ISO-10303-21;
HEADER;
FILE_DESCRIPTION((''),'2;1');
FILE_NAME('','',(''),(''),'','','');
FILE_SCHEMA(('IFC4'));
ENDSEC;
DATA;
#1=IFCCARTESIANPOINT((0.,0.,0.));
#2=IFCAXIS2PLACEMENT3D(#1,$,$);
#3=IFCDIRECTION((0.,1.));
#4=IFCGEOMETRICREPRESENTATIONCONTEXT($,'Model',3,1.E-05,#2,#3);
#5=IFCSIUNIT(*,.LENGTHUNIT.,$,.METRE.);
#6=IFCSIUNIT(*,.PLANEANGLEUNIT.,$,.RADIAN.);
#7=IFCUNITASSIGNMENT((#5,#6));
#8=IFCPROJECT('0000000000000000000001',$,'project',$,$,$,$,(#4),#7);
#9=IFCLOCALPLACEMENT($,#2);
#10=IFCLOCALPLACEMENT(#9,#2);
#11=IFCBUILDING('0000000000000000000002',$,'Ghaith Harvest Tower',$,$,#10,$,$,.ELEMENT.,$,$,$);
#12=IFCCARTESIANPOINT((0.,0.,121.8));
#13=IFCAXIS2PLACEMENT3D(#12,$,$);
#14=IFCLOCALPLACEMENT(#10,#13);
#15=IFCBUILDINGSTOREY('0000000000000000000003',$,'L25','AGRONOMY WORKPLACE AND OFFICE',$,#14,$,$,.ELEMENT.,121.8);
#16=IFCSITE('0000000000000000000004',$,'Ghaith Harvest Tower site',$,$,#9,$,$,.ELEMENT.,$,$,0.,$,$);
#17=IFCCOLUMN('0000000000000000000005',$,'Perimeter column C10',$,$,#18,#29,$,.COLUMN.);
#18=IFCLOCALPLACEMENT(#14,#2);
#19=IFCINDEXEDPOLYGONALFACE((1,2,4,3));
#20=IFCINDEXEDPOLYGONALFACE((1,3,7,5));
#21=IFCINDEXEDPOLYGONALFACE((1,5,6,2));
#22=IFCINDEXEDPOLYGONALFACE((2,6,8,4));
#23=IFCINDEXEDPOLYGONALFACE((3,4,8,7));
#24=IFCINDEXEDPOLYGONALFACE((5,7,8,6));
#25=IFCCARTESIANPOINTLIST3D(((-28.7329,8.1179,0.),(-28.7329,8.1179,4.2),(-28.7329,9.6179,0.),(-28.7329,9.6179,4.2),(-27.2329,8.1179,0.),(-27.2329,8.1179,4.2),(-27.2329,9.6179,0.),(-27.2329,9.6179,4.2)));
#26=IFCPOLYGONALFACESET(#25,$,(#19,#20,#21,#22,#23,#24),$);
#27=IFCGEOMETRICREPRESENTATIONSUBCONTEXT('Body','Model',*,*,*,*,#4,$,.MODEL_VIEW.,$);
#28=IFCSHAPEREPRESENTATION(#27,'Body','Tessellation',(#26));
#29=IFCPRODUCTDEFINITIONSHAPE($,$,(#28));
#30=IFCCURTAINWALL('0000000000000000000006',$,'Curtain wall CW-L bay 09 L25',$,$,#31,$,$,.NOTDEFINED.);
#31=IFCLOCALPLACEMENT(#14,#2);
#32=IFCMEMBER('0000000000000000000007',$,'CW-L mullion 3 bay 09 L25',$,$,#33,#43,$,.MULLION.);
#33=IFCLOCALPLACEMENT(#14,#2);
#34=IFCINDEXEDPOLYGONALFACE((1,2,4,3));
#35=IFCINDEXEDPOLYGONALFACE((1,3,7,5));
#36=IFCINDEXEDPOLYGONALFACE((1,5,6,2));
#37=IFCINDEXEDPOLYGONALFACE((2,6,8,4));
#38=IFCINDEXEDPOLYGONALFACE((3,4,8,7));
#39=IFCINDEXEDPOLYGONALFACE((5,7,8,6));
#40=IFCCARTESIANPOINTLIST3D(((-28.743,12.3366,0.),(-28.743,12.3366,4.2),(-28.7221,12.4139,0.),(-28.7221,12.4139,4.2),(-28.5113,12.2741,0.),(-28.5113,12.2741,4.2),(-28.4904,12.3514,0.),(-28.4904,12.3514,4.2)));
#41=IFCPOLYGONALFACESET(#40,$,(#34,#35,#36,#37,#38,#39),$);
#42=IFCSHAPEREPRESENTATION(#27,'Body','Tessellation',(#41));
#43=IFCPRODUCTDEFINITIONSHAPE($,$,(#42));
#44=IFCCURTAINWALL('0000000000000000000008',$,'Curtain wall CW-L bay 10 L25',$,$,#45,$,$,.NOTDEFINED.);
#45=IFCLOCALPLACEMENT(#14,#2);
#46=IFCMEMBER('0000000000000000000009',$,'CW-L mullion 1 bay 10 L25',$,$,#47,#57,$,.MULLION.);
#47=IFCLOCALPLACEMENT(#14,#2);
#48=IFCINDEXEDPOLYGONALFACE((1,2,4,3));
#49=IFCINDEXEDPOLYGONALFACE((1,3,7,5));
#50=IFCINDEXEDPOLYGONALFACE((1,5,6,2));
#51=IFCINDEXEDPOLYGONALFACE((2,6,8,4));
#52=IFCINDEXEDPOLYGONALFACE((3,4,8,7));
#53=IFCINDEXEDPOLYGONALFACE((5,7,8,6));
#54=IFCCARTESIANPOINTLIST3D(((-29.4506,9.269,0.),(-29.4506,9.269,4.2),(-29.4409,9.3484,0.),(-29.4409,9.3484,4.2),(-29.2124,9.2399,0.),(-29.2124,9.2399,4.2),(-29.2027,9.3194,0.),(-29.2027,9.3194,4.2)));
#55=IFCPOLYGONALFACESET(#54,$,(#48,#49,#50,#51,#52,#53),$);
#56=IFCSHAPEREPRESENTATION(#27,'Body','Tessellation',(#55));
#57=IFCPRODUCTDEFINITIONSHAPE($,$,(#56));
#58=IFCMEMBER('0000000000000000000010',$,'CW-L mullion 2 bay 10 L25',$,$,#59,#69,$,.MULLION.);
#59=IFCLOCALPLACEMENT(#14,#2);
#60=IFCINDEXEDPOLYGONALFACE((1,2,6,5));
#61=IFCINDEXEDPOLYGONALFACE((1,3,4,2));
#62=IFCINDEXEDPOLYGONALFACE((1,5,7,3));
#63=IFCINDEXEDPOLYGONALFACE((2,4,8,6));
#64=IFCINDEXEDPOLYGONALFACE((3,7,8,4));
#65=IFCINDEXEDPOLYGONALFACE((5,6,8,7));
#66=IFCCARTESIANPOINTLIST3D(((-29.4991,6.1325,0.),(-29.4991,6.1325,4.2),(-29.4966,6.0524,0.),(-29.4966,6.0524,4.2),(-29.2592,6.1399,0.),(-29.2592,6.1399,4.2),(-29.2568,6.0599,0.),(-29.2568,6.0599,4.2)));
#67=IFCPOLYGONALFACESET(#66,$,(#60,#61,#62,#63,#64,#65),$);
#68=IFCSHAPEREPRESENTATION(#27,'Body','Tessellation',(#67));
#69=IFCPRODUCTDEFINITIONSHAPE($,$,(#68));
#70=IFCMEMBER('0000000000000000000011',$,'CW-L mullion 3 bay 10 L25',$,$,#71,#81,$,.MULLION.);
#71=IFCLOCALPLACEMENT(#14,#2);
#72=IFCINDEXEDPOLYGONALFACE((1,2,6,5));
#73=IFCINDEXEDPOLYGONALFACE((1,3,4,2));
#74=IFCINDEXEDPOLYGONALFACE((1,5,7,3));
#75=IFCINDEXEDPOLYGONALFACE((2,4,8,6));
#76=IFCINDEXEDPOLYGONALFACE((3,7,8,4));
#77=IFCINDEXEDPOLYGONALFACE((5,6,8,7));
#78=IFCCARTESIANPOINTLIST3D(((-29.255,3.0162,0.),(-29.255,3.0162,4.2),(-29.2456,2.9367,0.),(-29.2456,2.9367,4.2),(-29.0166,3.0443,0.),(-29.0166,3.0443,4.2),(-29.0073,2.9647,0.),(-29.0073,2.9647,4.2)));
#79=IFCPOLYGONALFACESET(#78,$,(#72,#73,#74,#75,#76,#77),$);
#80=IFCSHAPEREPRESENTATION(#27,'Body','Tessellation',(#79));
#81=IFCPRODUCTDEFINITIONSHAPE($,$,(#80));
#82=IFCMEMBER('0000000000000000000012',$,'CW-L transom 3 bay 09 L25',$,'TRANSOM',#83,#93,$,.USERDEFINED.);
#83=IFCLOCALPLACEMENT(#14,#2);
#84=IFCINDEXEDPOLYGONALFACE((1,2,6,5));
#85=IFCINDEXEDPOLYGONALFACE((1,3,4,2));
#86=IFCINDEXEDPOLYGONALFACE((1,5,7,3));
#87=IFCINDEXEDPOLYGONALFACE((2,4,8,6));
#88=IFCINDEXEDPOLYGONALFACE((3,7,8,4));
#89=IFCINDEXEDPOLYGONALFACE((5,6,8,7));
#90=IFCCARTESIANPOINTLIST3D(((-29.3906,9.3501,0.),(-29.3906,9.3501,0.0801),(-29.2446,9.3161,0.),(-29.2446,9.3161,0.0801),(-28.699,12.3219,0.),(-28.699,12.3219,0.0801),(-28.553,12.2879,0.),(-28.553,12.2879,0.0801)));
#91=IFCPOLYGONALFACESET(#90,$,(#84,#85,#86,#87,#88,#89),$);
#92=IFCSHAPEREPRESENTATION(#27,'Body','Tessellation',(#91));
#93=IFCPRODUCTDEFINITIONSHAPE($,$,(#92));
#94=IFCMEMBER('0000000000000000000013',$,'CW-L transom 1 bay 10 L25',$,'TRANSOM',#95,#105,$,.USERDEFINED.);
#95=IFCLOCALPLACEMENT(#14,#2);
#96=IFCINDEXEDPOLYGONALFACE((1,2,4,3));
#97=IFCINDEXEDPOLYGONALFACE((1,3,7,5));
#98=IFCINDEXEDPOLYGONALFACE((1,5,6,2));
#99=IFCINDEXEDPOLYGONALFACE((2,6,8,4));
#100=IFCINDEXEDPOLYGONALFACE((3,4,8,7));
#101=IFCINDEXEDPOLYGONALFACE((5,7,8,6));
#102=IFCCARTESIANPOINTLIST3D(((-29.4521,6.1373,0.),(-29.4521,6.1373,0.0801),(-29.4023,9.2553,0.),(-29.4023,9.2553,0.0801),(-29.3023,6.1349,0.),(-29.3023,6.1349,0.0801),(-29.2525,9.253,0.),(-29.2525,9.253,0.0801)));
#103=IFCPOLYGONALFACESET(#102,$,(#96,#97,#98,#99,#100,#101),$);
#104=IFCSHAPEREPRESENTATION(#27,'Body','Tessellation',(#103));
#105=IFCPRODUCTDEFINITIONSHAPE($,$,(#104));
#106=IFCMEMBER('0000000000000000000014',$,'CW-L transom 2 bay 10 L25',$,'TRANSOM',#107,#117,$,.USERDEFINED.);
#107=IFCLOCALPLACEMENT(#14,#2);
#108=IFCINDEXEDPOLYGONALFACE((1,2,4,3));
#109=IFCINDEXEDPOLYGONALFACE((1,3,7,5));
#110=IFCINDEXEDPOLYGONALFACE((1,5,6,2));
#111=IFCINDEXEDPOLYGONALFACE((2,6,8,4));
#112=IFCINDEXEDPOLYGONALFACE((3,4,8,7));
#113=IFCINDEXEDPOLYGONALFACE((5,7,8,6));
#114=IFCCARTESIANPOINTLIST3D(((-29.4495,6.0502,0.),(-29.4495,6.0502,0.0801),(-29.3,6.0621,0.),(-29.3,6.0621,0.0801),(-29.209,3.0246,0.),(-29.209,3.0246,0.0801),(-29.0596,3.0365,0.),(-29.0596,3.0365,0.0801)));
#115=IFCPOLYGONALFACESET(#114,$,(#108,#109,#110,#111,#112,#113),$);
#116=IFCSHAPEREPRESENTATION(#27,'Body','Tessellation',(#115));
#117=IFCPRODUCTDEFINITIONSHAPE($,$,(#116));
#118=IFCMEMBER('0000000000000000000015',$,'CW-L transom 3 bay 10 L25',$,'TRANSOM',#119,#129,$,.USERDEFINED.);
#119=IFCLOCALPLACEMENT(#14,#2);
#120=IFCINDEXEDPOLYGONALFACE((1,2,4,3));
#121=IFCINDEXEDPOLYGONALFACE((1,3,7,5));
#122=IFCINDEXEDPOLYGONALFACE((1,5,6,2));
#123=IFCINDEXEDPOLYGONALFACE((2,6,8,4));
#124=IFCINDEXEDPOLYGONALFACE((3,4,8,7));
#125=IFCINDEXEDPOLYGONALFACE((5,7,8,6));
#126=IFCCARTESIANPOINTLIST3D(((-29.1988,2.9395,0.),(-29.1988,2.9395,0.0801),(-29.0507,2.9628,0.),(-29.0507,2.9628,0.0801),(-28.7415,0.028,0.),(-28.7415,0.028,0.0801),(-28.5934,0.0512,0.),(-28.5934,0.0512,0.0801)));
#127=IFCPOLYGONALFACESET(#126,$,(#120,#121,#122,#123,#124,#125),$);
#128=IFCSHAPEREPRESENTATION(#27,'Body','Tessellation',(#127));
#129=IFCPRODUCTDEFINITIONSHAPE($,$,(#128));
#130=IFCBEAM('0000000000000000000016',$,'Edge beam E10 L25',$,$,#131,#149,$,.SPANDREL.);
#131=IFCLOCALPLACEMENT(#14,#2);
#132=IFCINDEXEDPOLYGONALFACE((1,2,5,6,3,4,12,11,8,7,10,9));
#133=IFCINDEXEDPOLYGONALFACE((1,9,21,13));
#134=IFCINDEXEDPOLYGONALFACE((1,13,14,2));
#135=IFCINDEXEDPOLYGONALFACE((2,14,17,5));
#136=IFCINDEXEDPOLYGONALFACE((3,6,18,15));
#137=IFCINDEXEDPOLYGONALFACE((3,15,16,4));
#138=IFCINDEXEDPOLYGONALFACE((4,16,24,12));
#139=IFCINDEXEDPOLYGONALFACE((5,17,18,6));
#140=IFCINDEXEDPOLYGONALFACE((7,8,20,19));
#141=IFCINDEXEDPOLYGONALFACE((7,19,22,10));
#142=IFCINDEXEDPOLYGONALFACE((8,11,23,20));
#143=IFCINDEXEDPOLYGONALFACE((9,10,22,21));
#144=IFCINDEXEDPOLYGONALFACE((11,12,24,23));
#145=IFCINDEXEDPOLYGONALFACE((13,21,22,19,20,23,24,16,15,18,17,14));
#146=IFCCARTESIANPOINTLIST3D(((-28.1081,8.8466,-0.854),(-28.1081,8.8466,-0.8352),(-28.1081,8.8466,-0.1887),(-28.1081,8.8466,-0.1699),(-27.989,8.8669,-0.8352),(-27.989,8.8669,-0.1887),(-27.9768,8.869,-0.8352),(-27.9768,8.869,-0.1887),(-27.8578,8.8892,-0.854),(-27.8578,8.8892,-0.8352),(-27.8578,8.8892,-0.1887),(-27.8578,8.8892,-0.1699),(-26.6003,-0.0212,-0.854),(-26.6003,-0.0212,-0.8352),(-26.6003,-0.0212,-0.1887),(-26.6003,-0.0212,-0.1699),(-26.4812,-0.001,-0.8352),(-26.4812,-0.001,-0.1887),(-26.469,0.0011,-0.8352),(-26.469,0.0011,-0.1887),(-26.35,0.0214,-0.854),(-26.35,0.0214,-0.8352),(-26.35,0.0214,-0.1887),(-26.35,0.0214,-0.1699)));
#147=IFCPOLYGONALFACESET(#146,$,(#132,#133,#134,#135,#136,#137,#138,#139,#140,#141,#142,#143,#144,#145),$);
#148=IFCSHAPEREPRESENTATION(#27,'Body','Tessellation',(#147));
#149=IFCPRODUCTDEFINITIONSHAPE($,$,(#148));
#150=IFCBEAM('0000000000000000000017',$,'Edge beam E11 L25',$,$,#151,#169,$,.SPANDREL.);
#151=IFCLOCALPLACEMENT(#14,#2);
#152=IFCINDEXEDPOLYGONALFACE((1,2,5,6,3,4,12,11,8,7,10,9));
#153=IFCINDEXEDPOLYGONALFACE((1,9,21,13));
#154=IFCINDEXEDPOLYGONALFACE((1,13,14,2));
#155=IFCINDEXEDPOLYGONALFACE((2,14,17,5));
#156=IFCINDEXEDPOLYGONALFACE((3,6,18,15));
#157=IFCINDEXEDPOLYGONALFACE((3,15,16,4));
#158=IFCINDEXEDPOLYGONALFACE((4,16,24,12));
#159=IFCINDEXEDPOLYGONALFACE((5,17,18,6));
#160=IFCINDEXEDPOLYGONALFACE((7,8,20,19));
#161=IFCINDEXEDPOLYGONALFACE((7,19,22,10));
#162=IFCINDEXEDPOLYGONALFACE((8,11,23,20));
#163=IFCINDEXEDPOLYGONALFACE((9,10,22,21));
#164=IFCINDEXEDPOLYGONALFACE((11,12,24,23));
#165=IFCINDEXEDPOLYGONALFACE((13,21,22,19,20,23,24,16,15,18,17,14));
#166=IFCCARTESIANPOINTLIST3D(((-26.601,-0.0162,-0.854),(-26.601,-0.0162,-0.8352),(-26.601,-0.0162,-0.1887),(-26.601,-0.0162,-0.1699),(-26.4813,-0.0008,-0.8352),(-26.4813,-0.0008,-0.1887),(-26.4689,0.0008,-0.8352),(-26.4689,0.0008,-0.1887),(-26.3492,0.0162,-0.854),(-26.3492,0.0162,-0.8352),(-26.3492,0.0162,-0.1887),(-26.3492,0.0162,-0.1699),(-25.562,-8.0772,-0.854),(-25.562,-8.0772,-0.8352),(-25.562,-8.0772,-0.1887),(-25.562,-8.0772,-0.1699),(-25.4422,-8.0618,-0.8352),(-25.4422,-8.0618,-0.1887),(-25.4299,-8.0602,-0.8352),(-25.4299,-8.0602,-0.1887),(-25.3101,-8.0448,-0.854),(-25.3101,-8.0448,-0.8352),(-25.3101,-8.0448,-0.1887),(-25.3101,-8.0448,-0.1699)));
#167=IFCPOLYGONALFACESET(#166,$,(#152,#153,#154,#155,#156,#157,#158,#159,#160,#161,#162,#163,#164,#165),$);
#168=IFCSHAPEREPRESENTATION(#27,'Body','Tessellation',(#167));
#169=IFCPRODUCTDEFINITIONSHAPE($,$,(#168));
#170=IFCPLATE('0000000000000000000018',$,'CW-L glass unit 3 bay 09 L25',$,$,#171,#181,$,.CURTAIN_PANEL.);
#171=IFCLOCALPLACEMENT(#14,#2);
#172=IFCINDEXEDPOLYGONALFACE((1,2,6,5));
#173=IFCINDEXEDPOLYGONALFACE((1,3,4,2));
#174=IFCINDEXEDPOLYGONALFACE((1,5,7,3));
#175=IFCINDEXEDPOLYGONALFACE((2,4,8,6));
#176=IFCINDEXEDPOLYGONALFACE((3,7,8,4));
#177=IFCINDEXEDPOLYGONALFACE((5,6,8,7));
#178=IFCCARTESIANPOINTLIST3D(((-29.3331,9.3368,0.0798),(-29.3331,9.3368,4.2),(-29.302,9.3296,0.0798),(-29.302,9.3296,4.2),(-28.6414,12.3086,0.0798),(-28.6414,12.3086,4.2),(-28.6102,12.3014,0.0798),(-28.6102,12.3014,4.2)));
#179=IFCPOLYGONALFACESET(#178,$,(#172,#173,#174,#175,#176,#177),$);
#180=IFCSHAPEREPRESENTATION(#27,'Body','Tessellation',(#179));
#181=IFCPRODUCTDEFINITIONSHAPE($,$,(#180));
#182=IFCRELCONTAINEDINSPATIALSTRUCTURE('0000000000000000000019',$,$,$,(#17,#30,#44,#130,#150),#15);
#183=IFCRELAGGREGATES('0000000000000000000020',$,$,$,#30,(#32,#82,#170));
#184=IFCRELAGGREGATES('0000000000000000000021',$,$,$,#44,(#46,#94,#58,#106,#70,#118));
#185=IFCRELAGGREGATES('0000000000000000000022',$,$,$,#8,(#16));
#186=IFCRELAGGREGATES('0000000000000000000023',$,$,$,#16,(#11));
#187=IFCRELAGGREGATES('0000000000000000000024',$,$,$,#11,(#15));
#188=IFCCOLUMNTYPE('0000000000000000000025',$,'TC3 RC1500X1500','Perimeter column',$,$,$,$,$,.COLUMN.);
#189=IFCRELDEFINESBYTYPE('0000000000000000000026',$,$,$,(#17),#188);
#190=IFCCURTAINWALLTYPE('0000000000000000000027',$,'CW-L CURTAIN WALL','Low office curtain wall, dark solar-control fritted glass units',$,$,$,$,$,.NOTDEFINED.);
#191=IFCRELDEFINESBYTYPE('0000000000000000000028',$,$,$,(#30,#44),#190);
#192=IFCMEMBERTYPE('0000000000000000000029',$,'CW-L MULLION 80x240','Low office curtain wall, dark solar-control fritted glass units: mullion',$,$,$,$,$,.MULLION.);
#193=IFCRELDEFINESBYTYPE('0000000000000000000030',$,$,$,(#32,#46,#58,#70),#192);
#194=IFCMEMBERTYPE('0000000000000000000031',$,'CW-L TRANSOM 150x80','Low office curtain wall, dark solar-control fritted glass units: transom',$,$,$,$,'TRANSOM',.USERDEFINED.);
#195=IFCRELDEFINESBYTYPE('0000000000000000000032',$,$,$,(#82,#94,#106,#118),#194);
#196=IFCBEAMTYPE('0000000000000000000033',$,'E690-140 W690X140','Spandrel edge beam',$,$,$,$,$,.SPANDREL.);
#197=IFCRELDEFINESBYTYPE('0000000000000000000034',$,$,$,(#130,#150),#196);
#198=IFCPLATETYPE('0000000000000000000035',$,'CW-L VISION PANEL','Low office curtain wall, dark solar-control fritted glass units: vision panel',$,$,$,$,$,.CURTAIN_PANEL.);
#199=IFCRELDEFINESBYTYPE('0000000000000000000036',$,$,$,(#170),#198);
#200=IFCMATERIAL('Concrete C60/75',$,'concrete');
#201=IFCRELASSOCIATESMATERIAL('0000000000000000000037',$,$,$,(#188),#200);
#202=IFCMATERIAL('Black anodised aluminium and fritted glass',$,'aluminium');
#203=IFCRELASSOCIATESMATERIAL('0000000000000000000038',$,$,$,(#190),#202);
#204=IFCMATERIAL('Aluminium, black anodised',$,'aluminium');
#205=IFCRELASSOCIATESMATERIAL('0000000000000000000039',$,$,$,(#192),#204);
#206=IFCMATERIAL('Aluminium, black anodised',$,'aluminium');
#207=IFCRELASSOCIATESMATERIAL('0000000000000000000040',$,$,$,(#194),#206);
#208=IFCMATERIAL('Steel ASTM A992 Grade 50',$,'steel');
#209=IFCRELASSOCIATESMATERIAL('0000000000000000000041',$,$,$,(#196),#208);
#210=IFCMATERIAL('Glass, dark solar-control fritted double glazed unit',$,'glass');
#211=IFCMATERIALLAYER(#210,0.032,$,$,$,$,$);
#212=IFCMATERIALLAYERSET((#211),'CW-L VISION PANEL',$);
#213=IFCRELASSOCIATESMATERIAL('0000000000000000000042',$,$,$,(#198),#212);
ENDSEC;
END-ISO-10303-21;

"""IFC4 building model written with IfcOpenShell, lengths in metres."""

from ifc_helpers import new_model, si_unit, direction, frame, origin, origin_2d, place, context, subcontext, project, spatial, rectangle, i_section, extrude, material, layer, layer_set, material_profile, profile_set, type_object, element, aggregate, save


model = new_model("IFC4")

# Units and contexts
model_context = context("Model", 3, precision=1e-05, world=origin(), true_north=direction((0.0, 1.0)))
body_context = subcontext(model_context, "Body", "Model", "MODEL_VIEW")
ifc_project = project(units=[si_unit("LENGTHUNIT", "METRE"), si_unit("PLANEANGLEUNIT", "RADIAN")], contexts=[model_context])

# Site, building, storey
site_placement = place(None, origin())
site = spatial("IfcSite", under=ifc_project, at=site_placement, Name="Ghaith Harvest Tower site", CompositionType="ELEMENT", RefElevation=0.0)
building_placement = place(site_placement, origin())
building = spatial("IfcBuilding", under=site, at=building_placement, Name="Ghaith Harvest Tower", CompositionType="ELEMENT")
storey_placement = place(building_placement, frame((0.0, 0.0, 121.8)))
storey = spatial("IfcBuildingStorey", under=building, at=storey_placement, Name="L25", Description="AGRONOMY WORKPLACE AND OFFICE", CompositionType="ELEMENT", Elevation=121.8)

# Column
ifc_material_1 = material(Name="Concrete C60/75", Category="concrete")
ifc_material_profile_1 = material_profile(ifc_material_1, rectangle(XDim=1.5, YDim=1.5, at=origin_2d()), Name="RC1500X1500")
ifc_profile_set_1 = profile_set([ifc_material_profile_1], Name="Concrete C60/75")
column_type = type_object("IfcColumnType", Name="TC3 RC1500X1500", Description="Perimeter column", PredefinedType="COLUMN", material=ifc_profile_set_1)
column_placement = place(storey_placement, frame((-27.9829, 8.8679, 0.0), z_axis=(0.0, 0.0, 1.0), x_axis=(1.0, 0.0, 0.0)))
element("IfcColumn", 1, at=column_placement, inside=storey, type_object=column_type, Name="Perimeter column C10", PredefinedType="COLUMN", context=body_context, shape_type="SweptSolid", body=[
    extrude(rectangle(XDim=1.5, YDim=1.5, at=origin_2d()), origin(), (0.0, 0.0, 1.0), 4.2),
])

# Curtain wall, member
ifc_material_2 = material(Name="Black anodised aluminium and fritted glass", Category="aluminium")
curtain_wall_type = type_object("IfcCurtainWallType", Name="CW-L CURTAIN WALL", Description="Low office curtain wall, dark solar-control fritted glass units", PredefinedType="NOTDEFINED", material=ifc_material_2)
curtain_wall_1_placement = place(storey_placement, origin())
curtain_wall_1 = element("IfcCurtainWall", 2, at=curtain_wall_1_placement, inside=storey, type_object=curtain_wall_type, Name="Curtain wall CW-L bay 09 L25", PredefinedType="NOTDEFINED")
ifc_material_3 = material(Name="Aluminium, black anodised", Category="aluminium")
ifc_material_profile_2 = material_profile(ifc_material_3, rectangle(XDim=0.0801, YDim=0.24, at=origin_2d()), Name="CW-L MULLION 80x240")
ifc_profile_set_2 = profile_set([ifc_material_profile_2], Name="Aluminium, black anodised")
member_type_1 = type_object("IfcMemberType", Name="CW-L MULLION 80x240", Description="Low office curtain wall, dark solar-control fritted glass units: mullion", PredefinedType="MULLION", material=ifc_profile_set_2)
member_1_placement = place(storey_placement, frame((-28.6167, 12.344, 0.0), z_axis=(0.0, 0.0, 1.0), x_axis=(-0.260727, -0.965412, 0.0)))
member_1 = element("IfcMember", 3, at=member_1_placement, type_object=member_type_1, Name="CW-L mullion 3 bay 09 L25", PredefinedType="MULLION", context=body_context, shape_type="SweptSolid", body=[
    extrude(rectangle(XDim=0.0801, YDim=0.24, at=origin_2d()), origin(), (0.0, 0.0, 1.0), 4.2),
])

# Curtain wall, members
curtain_wall_2_placement = place(storey_placement, origin())
curtain_wall_2 = element("IfcCurtainWall", 4, at=curtain_wall_2_placement, inside=storey, type_object=curtain_wall_type, Name="Curtain wall CW-L bay 10 L25", PredefinedType="NOTDEFINED")
member_2_placement = place(storey_placement, frame((-29.3267, 9.2942, 0.0), z_axis=(0.0, 0.0, 1.0), x_axis=(-0.120932, -0.992661, 0.0)))
member_2 = element("IfcMember", 5, at=member_2_placement, type_object=member_type_1, Name="CW-L mullion 1 bay 10 L25", PredefinedType="MULLION", context=body_context, shape_type="SweptSolid", body=[
    extrude(rectangle(XDim=0.0801, YDim=0.24, at=origin_2d()), origin(), (0.0, 0.0, 1.0), 4.2),
])
member_3_placement = place(storey_placement, frame((-29.3779, 6.0962, 0.0), z_axis=(0.0, 0.0, 1.0), x_axis=(0.031028, -0.999519, 0.0)))
member_3 = element("IfcMember", 6, at=member_3_placement, type_object=member_type_1, Name="CW-L mullion 2 bay 10 L25", PredefinedType="MULLION", context=body_context, shape_type="SweptSolid", body=[
    extrude(rectangle(XDim=0.0801, YDim=0.24, at=origin_2d()), origin(), (0.0, 0.0, 1.0), 4.2),
])
member_4_placement = place(storey_placement, frame((-29.1311, 2.9905, 0.0), z_axis=(0.0, 0.0, 1.0), x_axis=(0.116764, -0.99316, 0.0)))
member_4 = element("IfcMember", 7, at=member_4_placement, type_object=member_type_1, Name="CW-L mullion 3 bay 10 L25", PredefinedType="MULLION", context=body_context, shape_type="SweptSolid", body=[
    extrude(rectangle(XDim=0.0801, YDim=0.24, at=origin_2d()), origin(), (0.0, 0.0, 1.0), 4.2),
])

# Members
ifc_material_4 = material(Name="Aluminium, black anodised", Category="aluminium")
ifc_material_profile_3 = material_profile(ifc_material_4, rectangle(XDim=0.1499, YDim=0.0801, at=origin_2d()), Name="CW-L TRANSOM 150x80")
ifc_profile_set_3 = profile_set([ifc_material_profile_3], Name="Aluminium, black anodised")
member_type_2 = type_object("IfcMemberType", Name="CW-L TRANSOM 150x80", Description="Low office curtain wall, dark solar-control fritted glass units: transom", ElementType="TRANSOM", PredefinedType="USERDEFINED", material=ifc_profile_set_3)
member_5_placement = place(storey_placement, frame((-28.626, 12.3049, 0.04), z_axis=(-0.226671, -0.973971, 0.0), x_axis=(0.973971, -0.226671, 0.0)))
member_5 = element("IfcMember", 8, at=member_5_placement, type_object=member_type_2, Name="CW-L transom 3 bay 09 L25", ObjectType="TRANSOM", PredefinedType="USERDEFINED", context=body_context, shape_type="SweptSolid", body=[
    extrude(rectangle(XDim=0.1499, YDim=0.0801, at=origin_2d()), origin(), (0.0, 0.0, 1.0), 3.0513),
])
member_6_placement = place(storey_placement, frame((-29.3274, 9.2542, 0.04), z_axis=(-0.015972, -0.999872, 0.0), x_axis=(0.999872, -0.015972, 0.0)))
member_6 = element("IfcMember", 9, at=member_6_placement, type_object=member_type_2, Name="CW-L transom 1 bay 10 L25", ObjectType="TRANSOM", PredefinedType="USERDEFINED", context=body_context, shape_type="SweptSolid", body=[
    extrude(rectangle(XDim=0.1499, YDim=0.0801, at=origin_2d()), origin(), (0.0, 0.0, 1.0), 3.1184),
])
member_7_placement = place(storey_placement, frame((-29.3748, 6.0562, 0.04), z_axis=(0.07923, -0.996856, 0.0), x_axis=(0.996856, 0.07923, 0.0)))
member_7 = element("IfcMember", 10, at=member_7_placement, type_object=member_type_2, Name="CW-L transom 2 bay 10 L25", ObjectType="TRANSOM", PredefinedType="USERDEFINED", context=body_context, shape_type="SweptSolid", body=[
    extrude(rectangle(XDim=0.1499, YDim=0.0801, at=origin_2d()), origin(), (0.0, 0.0, 1.0), 3.0352),
])
member_8_placement = place(storey_placement, frame((-29.1248, 2.9512, 0.04), z_axis=(0.15515, -0.987891, 0.0), x_axis=(0.987891, 0.15515, 0.0)))
member_8 = element("IfcMember", 11, at=member_8_placement, type_object=member_type_2, Name="CW-L transom 3 bay 10 L25", ObjectType="TRANSOM", PredefinedType="USERDEFINED", context=body_context, shape_type="SweptSolid", body=[
    extrude(rectangle(XDim=0.1499, YDim=0.0801, at=origin_2d()), origin(), (0.0, 0.0, 1.0), 2.9473),
])

# Beams
ifc_material_5 = material(Name="Steel ASTM A992 Grade 50", Category="steel")
ifc_material_profile_4 = material_profile(ifc_material_5, i_section(OverallWidth=0.2539, OverallDepth=0.6841, WebThickness=0.0125, FlangeThickness=0.0188, at=origin_2d()), Name="W690X140")
ifc_profile_set_4 = profile_set([ifc_material_profile_4], Name="Steel ASTM A992 Grade 50")
beam_type = type_object("IfcBeamType", Name="E690-140 W690X140", Description="Spandrel edge beam", PredefinedType="SPANDREL", material=ifc_profile_set_4)
beam_1_placement = place(storey_placement, frame((-27.9829, 8.8679, -0.512), z_axis=(0.167624, -0.985851, 0.0), x_axis=(0.985851, 0.167624, 0.0)))
element("IfcBeam", 12, at=beam_1_placement, inside=storey, type_object=beam_type, Name="Edge beam E10 L25", PredefinedType="SPANDREL", context=body_context, shape_type="SweptSolid", body=[
    extrude(i_section(OverallWidth=0.2539, OverallDepth=0.6841, WebThickness=0.0125, FlangeThickness=0.0188, at=origin_2d()), origin(), (0.0, 0.0, 1.0), 8.9951),
])
beam_2_placement = place(storey_placement, frame((-26.4751, 0.0, -0.512), z_axis=(0.127842, -0.991795, 0.0), x_axis=(0.991795, 0.127842, 0.0)))
element("IfcBeam", 13, at=beam_2_placement, inside=storey, type_object=beam_type, Name="Edge beam E11 L25", PredefinedType="SPANDREL", context=body_context, shape_type="SweptSolid", body=[
    extrude(i_section(OverallWidth=0.2539, OverallDepth=0.6841, WebThickness=0.0125, FlangeThickness=0.0188, at=origin_2d()), origin(), (0.0, 0.0, 1.0), 8.1277),
])

# Plate
ifc_material_6 = material(Name="Glass, dark solar-control fritted double glazed unit", Category="glass")
ifc_layer_1 = layer(ifc_material_6, 0.032)
ifc_layer_set_1 = layer_set([ifc_layer_1], Name="CW-L VISION PANEL")
plate_type_1 = type_object("IfcPlateType", Name="CW-L VISION PANEL", Description="Low office curtain wall, dark solar-control fritted glass units: vision panel", PredefinedType="CURTAIN_PANEL", material=ifc_layer_set_1)
plate_1_placement = place(storey_placement, frame((-28.9717, 10.8191, 0.0798), z_axis=(0.0, 0.0, 1.0), x_axis=(-0.226699, -0.973965, 0.0)))
plate_1 = element("IfcPlate", 14, at=plate_1_placement, type_object=plate_type_1, Name="CW-L glass unit 3 bay 09 L25", PredefinedType="CURTAIN_PANEL", context=body_context, shape_type="SweptSolid", body=[
    extrude(rectangle(XDim=3.0513, YDim=0.032, at=origin_2d()), origin(), (0.0, 0.0, 1.0), 4.1201),
])
aggregate(curtain_wall_1, [member_1, member_5, plate_1])
aggregate(curtain_wall_2, [member_2, member_6, member_3, member_7, member_4, member_8])

save(model, "model.ifc")
